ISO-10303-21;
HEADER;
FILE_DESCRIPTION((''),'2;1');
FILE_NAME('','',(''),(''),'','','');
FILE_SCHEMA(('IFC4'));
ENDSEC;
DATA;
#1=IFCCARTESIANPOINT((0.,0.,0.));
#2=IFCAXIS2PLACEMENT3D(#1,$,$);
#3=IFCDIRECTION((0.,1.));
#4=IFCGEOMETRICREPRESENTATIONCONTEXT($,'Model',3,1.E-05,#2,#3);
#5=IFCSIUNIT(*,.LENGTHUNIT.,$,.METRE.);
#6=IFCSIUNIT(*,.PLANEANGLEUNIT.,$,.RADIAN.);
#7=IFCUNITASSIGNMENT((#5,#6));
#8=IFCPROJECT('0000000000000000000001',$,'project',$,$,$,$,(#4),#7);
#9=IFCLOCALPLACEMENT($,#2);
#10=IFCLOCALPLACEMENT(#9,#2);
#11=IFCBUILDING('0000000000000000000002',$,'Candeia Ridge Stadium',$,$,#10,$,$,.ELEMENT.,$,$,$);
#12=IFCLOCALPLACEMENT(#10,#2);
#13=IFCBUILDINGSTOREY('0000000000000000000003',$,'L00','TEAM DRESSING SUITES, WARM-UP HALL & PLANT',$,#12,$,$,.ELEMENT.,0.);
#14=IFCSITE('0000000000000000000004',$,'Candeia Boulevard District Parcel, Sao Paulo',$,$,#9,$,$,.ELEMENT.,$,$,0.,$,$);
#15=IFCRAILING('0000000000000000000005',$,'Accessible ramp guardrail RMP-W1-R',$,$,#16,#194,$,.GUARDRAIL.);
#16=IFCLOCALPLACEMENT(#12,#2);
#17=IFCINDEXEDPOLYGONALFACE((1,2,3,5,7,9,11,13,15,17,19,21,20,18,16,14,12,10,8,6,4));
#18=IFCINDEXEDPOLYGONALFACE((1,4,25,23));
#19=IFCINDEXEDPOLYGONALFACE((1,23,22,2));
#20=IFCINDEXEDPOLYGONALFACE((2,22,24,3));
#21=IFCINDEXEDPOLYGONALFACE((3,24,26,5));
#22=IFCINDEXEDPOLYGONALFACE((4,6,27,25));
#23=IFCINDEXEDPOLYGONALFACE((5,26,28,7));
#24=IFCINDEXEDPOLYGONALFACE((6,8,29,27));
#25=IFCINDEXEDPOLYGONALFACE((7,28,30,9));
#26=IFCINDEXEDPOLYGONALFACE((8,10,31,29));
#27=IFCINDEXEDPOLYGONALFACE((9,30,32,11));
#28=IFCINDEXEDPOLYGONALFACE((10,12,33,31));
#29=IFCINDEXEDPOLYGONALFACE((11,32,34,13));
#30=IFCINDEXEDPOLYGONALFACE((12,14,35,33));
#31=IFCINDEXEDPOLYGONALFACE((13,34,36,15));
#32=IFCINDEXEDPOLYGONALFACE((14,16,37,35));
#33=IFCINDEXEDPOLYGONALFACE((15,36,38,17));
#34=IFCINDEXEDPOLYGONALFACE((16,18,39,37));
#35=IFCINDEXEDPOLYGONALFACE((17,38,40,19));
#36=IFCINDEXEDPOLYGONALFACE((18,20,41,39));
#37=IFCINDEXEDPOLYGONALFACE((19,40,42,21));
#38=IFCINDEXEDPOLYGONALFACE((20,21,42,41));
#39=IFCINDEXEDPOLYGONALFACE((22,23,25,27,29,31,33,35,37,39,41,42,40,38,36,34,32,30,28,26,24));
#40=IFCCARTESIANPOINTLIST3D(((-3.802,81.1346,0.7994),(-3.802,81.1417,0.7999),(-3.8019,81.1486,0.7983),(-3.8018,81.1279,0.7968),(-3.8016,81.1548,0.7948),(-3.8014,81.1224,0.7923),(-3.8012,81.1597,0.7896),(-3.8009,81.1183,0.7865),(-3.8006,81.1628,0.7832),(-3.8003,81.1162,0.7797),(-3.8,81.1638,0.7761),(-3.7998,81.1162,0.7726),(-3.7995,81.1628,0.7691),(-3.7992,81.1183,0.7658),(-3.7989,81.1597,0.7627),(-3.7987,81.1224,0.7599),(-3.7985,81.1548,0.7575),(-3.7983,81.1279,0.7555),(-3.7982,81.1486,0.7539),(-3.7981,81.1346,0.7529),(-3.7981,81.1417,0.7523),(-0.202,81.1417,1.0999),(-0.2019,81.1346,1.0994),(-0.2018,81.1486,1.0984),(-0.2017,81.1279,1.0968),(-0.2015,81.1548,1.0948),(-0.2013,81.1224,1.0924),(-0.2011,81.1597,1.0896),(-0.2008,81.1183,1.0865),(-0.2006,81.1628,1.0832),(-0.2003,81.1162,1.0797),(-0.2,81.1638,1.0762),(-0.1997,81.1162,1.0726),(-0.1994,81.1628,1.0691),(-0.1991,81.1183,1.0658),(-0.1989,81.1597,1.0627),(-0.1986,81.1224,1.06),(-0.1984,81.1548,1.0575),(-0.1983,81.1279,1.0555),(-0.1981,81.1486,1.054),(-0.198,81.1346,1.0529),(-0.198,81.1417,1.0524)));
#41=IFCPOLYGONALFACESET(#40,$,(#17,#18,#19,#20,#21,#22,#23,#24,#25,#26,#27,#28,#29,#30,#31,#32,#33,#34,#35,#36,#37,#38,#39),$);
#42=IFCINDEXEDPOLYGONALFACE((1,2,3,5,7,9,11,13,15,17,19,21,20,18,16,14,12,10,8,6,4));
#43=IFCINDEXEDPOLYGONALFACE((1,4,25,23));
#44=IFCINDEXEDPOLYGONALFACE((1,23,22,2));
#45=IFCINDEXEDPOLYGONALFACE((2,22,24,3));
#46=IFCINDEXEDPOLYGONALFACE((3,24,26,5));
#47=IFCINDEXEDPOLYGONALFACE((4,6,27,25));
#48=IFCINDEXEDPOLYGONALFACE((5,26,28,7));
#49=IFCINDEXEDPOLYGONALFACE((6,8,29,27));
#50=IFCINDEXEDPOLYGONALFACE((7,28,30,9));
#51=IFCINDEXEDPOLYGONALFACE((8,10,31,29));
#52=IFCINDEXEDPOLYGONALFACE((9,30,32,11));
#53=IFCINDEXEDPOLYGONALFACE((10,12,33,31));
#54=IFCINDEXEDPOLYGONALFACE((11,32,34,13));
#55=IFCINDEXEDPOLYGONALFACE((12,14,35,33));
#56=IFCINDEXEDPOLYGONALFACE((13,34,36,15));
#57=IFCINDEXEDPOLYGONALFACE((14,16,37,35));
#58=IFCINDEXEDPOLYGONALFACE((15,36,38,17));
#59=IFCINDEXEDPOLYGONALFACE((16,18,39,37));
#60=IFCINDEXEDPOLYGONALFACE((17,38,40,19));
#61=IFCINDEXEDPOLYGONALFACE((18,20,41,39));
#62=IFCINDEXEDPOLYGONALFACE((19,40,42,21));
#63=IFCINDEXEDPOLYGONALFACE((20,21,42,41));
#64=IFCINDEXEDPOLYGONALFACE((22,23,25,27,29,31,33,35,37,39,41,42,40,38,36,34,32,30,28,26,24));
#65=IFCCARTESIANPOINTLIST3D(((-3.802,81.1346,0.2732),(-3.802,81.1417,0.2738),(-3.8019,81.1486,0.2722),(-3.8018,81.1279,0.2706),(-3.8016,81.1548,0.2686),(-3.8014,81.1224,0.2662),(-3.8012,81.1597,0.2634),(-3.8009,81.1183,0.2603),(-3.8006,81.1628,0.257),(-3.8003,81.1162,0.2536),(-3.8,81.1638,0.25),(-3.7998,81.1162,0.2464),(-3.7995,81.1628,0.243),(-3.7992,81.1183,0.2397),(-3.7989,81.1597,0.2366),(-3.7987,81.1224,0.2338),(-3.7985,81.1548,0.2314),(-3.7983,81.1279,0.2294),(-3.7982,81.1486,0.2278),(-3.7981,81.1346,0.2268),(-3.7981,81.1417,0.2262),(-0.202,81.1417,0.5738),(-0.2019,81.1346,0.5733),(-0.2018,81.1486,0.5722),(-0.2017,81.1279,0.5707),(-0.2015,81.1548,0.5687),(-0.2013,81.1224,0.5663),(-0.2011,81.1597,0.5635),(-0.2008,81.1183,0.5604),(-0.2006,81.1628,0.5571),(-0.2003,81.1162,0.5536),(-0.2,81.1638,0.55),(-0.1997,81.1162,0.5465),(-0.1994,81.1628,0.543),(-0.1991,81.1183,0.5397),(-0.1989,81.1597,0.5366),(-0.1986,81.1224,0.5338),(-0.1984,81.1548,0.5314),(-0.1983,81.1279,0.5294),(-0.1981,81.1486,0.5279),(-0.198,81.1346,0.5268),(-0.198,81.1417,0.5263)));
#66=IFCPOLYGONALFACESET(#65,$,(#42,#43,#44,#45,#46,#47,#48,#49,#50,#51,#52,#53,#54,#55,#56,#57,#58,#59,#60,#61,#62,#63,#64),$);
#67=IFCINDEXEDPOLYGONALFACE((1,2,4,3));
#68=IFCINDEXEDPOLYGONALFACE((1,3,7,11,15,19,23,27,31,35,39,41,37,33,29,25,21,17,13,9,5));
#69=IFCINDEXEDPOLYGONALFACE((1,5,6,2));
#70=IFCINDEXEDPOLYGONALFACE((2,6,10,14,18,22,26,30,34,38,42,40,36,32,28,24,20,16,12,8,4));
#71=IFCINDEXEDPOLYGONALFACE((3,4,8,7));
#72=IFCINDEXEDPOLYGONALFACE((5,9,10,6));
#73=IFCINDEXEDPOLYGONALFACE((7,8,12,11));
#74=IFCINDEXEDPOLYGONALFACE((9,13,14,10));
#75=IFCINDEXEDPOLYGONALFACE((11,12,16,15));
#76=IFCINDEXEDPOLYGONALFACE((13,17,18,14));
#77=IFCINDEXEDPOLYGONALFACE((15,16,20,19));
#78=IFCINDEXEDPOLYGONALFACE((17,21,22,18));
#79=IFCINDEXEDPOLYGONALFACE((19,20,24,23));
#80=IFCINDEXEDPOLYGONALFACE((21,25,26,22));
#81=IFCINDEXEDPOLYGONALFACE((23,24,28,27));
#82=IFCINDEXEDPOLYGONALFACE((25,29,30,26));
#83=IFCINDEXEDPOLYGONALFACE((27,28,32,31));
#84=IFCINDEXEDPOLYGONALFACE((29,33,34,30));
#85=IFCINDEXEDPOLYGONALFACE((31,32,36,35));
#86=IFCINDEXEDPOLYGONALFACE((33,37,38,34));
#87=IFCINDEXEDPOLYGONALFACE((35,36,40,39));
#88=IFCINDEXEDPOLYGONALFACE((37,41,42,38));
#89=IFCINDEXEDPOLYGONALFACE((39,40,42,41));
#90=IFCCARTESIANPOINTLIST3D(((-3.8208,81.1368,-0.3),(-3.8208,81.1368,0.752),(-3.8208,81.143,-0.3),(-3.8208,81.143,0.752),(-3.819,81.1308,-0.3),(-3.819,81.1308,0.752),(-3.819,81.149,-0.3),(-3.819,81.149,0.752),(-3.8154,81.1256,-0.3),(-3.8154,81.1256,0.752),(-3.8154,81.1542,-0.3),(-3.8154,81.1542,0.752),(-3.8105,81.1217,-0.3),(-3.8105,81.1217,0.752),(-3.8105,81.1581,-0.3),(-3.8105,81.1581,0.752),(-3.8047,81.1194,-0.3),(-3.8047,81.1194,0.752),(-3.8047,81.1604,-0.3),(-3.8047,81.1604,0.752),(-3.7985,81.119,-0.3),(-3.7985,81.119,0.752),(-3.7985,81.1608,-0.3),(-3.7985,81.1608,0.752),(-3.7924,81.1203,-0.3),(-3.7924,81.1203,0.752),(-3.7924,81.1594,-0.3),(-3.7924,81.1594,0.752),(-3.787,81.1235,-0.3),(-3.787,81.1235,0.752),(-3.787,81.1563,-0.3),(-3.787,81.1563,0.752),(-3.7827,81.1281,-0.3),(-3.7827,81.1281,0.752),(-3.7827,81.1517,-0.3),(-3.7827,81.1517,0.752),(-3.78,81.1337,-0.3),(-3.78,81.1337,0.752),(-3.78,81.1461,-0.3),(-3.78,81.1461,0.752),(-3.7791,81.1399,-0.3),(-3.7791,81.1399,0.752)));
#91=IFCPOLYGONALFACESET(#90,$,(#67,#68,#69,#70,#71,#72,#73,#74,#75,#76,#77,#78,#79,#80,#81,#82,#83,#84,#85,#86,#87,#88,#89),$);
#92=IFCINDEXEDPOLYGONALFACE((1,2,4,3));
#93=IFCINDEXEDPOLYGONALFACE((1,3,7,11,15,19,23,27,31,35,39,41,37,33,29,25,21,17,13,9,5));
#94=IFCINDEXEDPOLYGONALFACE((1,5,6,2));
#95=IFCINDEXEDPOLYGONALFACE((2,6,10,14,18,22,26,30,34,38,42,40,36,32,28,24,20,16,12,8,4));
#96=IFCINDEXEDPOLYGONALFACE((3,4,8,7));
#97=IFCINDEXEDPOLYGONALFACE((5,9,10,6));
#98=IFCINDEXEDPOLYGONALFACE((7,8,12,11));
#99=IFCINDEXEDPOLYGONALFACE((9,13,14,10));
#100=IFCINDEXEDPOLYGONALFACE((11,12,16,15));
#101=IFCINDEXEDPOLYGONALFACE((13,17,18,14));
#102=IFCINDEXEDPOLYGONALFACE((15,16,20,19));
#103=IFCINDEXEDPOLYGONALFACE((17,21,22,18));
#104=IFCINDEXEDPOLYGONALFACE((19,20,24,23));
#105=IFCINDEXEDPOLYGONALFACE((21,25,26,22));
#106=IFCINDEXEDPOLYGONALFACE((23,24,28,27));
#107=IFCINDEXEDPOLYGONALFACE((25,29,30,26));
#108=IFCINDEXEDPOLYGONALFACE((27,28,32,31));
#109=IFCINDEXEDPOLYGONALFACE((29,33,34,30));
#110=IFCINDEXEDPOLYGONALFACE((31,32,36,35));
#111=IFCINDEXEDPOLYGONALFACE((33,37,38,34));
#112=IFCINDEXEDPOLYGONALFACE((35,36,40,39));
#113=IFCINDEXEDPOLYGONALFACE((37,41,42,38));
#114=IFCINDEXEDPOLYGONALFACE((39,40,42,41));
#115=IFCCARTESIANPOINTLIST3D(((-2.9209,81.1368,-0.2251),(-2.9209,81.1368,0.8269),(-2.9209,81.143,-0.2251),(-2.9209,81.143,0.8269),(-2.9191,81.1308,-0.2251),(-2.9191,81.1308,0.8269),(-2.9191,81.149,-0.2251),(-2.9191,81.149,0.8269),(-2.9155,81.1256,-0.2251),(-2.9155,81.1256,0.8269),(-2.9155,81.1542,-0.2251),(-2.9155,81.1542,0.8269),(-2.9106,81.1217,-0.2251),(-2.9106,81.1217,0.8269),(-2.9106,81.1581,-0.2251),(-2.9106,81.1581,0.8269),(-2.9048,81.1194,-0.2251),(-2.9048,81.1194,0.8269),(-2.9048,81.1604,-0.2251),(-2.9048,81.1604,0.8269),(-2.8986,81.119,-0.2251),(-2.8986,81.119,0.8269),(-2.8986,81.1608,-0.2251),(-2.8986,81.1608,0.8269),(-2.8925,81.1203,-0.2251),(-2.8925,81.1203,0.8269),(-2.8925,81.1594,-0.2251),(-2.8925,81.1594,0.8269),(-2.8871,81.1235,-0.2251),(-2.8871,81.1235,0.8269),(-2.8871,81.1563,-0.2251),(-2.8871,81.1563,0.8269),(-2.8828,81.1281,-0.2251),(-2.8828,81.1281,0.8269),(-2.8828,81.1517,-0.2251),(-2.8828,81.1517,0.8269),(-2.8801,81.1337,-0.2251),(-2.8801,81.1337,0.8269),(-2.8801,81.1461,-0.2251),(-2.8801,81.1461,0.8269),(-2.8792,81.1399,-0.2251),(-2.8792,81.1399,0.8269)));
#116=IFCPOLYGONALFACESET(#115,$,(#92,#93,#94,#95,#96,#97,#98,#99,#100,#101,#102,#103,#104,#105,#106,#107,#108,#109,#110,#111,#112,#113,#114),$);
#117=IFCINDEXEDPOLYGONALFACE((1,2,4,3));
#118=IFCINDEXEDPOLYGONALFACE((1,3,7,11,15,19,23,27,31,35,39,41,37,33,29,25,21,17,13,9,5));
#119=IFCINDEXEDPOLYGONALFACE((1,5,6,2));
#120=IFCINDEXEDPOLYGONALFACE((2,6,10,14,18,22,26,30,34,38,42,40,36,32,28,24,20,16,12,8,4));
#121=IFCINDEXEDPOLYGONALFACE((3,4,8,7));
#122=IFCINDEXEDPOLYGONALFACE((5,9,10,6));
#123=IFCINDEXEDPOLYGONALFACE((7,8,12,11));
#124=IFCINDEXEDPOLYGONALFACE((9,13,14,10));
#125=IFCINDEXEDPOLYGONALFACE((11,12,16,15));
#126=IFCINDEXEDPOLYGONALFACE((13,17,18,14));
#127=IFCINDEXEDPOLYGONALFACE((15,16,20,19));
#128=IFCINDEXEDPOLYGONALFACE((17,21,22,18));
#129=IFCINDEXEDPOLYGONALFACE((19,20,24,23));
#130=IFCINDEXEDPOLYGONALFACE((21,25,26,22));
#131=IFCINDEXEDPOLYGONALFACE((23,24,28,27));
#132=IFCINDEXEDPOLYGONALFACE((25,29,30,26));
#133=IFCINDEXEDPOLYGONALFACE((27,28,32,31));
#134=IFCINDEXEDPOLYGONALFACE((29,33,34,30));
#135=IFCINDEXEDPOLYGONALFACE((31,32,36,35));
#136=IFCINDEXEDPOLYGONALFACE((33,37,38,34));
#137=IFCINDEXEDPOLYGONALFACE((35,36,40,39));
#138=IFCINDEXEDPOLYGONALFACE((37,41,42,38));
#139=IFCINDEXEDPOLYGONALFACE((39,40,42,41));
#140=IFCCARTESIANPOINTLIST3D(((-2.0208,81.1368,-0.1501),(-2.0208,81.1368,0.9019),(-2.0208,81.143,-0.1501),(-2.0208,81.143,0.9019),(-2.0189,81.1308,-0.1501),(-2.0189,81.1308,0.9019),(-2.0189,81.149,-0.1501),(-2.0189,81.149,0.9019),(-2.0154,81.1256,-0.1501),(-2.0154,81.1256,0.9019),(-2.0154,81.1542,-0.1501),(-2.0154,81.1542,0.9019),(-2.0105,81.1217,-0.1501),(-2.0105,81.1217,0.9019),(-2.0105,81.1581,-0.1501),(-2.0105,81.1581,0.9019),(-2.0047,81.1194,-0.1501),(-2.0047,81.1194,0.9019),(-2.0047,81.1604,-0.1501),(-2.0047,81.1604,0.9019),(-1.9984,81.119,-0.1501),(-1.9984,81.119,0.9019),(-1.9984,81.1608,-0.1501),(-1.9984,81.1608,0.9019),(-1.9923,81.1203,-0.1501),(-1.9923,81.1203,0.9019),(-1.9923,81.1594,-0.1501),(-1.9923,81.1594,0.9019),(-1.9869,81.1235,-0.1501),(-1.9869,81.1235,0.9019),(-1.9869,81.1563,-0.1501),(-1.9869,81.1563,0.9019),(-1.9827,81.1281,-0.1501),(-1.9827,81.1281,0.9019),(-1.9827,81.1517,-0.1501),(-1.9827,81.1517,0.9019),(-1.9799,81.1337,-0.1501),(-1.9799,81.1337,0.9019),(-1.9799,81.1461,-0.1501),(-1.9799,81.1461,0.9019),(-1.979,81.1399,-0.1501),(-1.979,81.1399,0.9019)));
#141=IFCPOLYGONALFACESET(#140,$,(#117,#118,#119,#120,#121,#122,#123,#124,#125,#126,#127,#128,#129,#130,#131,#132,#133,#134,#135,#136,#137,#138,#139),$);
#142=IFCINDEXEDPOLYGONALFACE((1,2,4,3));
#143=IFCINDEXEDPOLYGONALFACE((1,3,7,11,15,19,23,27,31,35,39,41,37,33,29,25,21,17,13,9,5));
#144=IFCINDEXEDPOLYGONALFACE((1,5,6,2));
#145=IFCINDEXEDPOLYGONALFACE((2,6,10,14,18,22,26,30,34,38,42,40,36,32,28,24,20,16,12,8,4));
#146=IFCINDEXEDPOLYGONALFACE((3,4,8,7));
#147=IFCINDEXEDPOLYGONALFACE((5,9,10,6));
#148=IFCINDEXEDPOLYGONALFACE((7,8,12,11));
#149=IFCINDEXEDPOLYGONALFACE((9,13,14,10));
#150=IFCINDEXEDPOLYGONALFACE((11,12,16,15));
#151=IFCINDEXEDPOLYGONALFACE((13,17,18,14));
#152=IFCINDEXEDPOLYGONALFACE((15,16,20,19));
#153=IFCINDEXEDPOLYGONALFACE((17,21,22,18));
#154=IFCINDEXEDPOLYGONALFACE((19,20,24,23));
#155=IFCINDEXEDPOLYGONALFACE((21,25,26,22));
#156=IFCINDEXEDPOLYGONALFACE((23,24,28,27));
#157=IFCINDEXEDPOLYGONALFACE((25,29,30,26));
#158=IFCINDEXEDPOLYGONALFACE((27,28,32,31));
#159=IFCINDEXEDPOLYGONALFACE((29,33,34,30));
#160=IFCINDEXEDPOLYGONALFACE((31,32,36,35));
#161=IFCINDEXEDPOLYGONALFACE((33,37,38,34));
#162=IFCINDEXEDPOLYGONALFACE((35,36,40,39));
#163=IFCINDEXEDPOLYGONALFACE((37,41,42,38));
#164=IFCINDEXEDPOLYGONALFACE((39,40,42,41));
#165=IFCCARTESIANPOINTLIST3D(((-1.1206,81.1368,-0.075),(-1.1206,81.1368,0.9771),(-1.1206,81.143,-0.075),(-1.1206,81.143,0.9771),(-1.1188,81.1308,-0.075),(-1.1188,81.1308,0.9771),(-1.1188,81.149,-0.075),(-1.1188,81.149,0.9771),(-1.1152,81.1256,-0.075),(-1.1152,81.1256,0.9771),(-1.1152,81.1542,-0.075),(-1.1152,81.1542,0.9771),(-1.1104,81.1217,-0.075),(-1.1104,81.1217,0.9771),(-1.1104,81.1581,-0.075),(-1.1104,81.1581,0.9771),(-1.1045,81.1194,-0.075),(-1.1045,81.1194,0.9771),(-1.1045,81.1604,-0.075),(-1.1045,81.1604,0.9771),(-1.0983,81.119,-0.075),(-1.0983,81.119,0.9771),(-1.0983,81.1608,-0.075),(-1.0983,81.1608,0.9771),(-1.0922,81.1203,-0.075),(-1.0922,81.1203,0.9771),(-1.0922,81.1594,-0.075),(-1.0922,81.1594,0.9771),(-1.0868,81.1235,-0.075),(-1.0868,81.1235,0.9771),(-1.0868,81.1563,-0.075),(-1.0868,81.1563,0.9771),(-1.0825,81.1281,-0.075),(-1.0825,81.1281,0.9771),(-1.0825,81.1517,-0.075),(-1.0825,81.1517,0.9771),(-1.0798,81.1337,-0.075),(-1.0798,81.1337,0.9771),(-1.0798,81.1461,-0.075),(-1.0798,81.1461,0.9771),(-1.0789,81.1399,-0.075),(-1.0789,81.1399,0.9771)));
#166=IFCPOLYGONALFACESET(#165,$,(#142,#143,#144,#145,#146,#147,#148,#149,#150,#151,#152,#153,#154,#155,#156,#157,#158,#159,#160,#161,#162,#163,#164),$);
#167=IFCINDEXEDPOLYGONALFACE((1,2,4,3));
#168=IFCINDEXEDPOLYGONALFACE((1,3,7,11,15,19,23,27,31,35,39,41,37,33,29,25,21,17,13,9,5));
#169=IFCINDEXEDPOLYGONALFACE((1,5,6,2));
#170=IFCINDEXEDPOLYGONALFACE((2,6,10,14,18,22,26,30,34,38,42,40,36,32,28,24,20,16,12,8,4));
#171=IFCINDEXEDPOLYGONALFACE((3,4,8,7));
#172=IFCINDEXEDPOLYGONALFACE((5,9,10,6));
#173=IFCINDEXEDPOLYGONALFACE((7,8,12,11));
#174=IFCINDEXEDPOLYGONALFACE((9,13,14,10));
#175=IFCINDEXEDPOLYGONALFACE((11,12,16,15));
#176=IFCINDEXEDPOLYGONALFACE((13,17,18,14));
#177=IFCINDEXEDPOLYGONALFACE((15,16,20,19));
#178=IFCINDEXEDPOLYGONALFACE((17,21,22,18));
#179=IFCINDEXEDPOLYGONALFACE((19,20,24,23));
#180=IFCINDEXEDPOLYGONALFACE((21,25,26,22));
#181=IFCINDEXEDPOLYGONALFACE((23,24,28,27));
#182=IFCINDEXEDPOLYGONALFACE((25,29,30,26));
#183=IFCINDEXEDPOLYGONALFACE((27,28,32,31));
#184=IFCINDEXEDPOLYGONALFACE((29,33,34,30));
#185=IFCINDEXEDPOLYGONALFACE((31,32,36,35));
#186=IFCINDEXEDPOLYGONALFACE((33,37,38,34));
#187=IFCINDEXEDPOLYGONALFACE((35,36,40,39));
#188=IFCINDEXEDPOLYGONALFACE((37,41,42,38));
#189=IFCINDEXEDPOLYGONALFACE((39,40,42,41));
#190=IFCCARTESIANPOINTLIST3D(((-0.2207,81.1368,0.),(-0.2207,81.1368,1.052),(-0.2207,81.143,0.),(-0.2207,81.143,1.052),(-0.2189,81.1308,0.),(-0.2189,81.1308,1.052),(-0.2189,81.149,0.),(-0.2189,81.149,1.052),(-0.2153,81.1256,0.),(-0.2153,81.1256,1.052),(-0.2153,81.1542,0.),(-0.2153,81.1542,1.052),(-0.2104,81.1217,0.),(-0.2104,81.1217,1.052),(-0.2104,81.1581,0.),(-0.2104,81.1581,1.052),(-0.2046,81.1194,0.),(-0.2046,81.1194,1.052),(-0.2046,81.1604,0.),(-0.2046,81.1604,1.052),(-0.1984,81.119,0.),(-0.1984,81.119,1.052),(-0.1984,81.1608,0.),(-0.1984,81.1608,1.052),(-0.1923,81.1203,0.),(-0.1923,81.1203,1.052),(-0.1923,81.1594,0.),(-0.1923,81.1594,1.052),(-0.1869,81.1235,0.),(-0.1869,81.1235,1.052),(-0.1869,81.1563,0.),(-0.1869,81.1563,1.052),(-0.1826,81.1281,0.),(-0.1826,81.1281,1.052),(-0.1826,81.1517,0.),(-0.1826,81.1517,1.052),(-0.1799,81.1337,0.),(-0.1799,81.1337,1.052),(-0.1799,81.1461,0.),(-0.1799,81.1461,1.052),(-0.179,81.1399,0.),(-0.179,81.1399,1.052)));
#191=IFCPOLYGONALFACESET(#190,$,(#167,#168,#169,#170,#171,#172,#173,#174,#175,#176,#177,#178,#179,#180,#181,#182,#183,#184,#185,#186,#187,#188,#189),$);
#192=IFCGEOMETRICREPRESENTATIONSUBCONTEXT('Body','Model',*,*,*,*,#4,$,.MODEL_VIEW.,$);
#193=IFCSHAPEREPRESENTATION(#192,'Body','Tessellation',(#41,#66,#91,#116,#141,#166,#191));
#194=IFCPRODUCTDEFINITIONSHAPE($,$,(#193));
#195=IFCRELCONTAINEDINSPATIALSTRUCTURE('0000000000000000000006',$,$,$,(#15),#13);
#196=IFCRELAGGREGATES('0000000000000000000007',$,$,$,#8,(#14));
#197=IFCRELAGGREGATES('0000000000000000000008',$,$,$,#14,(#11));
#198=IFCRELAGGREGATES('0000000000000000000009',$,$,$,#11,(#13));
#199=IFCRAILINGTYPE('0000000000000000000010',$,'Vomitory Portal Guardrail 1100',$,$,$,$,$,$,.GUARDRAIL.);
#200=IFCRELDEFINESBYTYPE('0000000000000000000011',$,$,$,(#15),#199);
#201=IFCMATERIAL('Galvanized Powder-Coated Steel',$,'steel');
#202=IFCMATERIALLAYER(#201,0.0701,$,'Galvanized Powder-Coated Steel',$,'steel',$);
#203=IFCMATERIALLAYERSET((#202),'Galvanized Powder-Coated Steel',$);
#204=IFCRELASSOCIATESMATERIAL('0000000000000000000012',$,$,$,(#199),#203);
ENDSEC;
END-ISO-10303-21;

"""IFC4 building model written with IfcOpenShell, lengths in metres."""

from ifc_helpers import new_model, si_unit, direction, frame, origin, origin_2d, place, context, subcontext, project, spatial, circle, extrude, material, layer, layer_set, type_object, element, save


model = new_model("IFC4")

# Units and contexts
model_context = context("Model", 3, precision=1e-05, world=origin(), true_north=direction((0.0, 1.0)))
body_context = subcontext(model_context, "Body", "Model", "MODEL_VIEW")
ifc_project = project(units=[si_unit("LENGTHUNIT", "METRE"), si_unit("PLANEANGLEUNIT", "RADIAN")], contexts=[model_context])

# Site, building, storey
site_placement = place(None, origin())
site = spatial("IfcSite", under=ifc_project, at=site_placement, Name="Candeia Boulevard District Parcel, Sao Paulo", CompositionType="ELEMENT", RefElevation=0.0)
building_placement = place(site_placement, origin())
building = spatial("IfcBuilding", under=site, at=building_placement, Name="Candeia Ridge Stadium", CompositionType="ELEMENT")
storey_placement = place(building_placement, origin())
storey = spatial("IfcBuildingStorey", under=building, at=storey_placement, Name="L00", Description="TEAM DRESSING SUITES, WARM-UP HALL & PLANT", CompositionType="ELEMENT", Elevation=0.0)

# Railing
ifc_material_1 = material(Name="Galvanized Powder-Coated Steel", Category="steel")
ifc_layer_1 = layer(ifc_material_1, 0.0701, Name="Galvanized Powder-Coated Steel", Category="steel")
ifc_layer_set_1 = layer_set([ifc_layer_1], Name="Galvanized Powder-Coated Steel")
railing_type_1 = type_object("IfcRailingType", Name="Vomitory Portal Guardrail 1100", PredefinedType="GUARDRAIL", material=ifc_layer_set_1)
for number, where, name in (
    (1, (-3.8, 81.1399, -0.3), "Accessible ramp guardrail RMP-W1-R"),
):
    element("IfcRailing", number, at=place(storey_placement, frame(where)), inside=storey, type_object=railing_type_1, Name=name, PredefinedType="GUARDRAIL", context=body_context, shape_type="SweptSolid", body=[
        extrude(circle(Radius=0.0239, at=origin_2d()), frame((0.0, 0.0, 1.0762), z_axis=(0.996545, 0.0, 0.083057), x_axis=(0.0, 1.0, 0.0)), (0.0, 0.0, 1.0), 3.6125),
        extrude(circle(Radius=0.0239, at=origin_2d()), frame((0.0, 0.0, 0.55), z_axis=(0.996545, 0.0, 0.083057), x_axis=(0.0, 1.0, 0.0)), (0.0, 0.0, 1.0), 3.6125),
        extrude(circle(Radius=0.021, at=origin_2d()), origin(), (0.0, 0.0, 1.0), 1.052),
        extrude(circle(Radius=0.021, at=origin_2d()), frame((0.8999, 0.0, 0.075)), (0.0, 0.0, 1.0), 1.052),
        extrude(circle(Radius=0.021, at=origin_2d()), frame((1.8, 0.0, 0.1499)), (0.0, 0.0, 1.0), 1.052),
        extrude(circle(Radius=0.021, at=origin_2d()), frame((2.7002, 0.0, 0.2251)), (0.0, 0.0, 1.0), 1.052),
        extrude(circle(Radius=0.021, at=origin_2d()), frame((3.6001, 0.0, 0.3)), (0.0, 0.0, 1.0), 1.052),
    ])

save(model, "model.ifc")
